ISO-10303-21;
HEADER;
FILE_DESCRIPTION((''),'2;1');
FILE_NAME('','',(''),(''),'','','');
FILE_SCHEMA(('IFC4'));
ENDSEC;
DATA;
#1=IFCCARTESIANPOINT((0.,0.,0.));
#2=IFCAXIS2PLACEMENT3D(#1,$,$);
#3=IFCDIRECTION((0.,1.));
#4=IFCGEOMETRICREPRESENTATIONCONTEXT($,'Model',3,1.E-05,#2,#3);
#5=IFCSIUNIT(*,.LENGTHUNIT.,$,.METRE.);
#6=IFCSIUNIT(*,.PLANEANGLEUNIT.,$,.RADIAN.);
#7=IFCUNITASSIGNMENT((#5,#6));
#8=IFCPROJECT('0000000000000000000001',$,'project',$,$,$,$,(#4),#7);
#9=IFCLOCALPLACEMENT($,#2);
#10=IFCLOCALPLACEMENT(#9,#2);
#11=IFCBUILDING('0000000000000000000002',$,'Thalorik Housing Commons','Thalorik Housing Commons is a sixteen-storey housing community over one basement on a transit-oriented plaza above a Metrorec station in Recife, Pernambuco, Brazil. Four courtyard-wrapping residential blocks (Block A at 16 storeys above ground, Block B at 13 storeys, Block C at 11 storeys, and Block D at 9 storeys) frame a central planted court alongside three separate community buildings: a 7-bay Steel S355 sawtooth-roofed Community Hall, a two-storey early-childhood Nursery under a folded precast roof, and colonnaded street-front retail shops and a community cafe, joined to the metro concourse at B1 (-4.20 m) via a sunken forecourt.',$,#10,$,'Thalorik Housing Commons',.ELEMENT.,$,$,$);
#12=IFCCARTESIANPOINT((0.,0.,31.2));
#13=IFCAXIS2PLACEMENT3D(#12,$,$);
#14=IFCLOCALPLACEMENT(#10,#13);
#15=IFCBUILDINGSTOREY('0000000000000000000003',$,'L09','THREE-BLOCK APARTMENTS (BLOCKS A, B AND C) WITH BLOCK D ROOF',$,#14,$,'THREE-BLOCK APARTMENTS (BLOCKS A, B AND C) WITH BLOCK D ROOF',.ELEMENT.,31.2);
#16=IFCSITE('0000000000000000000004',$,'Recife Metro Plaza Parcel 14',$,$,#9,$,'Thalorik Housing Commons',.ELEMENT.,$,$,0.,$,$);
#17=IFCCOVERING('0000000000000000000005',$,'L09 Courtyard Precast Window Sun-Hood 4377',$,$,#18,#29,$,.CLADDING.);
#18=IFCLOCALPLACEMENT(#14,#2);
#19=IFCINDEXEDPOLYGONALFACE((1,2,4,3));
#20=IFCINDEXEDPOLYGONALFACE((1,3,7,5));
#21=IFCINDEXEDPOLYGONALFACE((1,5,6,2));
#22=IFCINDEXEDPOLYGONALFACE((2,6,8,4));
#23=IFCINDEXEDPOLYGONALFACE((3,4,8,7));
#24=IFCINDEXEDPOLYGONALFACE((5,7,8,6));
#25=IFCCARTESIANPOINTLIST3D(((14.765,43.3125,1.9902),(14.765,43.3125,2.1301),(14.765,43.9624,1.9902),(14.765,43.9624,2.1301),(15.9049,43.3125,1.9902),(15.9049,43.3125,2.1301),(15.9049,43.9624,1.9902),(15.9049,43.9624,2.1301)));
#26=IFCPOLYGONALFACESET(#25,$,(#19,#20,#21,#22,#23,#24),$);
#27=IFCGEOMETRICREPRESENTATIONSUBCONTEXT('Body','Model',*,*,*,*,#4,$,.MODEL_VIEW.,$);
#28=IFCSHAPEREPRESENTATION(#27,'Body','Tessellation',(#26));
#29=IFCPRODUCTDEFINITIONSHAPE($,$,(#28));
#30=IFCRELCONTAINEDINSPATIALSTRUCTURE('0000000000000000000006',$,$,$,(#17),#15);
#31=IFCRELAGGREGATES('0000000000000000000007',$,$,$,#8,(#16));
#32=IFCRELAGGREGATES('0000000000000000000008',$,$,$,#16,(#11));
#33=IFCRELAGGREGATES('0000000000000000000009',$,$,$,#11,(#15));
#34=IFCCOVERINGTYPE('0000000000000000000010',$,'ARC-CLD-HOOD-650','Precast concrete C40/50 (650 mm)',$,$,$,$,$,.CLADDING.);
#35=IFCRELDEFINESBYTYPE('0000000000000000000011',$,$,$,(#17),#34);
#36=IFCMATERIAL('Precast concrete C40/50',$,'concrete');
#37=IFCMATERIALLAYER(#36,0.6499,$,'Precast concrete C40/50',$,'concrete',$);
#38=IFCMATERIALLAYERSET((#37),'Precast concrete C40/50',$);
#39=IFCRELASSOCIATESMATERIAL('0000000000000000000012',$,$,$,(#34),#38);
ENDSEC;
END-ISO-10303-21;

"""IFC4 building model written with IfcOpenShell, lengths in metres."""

from ifc_helpers import new_model, si_unit, direction, frame, origin, origin_2d, place, context, subcontext, project, spatial, rectangle, extrude, material, layer, layer_set, type_object, element, save


model = new_model("IFC4")

# Units and contexts
model_context = context("Model", 3, precision=1e-05, world=origin(), true_north=direction((0.0, 1.0)))
body_context = subcontext(model_context, "Body", "Model", "MODEL_VIEW")
ifc_project = project(units=[si_unit("LENGTHUNIT", "METRE"), si_unit("PLANEANGLEUNIT", "RADIAN")], contexts=[model_context])

# Site, building, storey
site_placement = place(None, origin())
site = spatial("IfcSite", under=ifc_project, at=site_placement, Name="Recife Metro Plaza Parcel 14", LongName="Thalorik Housing Commons", CompositionType="ELEMENT", RefElevation=0.0)
building_placement = place(site_placement, origin())
building = spatial("IfcBuilding", under=site, at=building_placement, Name="Thalorik Housing Commons", Description="Thalorik Housing Commons is a sixteen-storey housing community over one basement on a transit-oriented plaza above a Metrorec station in Recife, Pernambuco, Brazil. Four courtyard-wrapping residential blocks (Block A at 16 storeys above ground, Block B at 13 storeys, Block C at 11 storeys, and Block D at 9 storeys) frame a central planted court alongside three separate community buildings: a 7-bay Steel S355 sawtooth-roofed Community Hall, a two-storey early-childhood Nursery under a folded precast roof, and colonnaded street-front retail shops and a community cafe, joined to the metro concourse at B1 (-4.20 m) via a sunken forecourt.", LongName="Thalorik Housing Commons", CompositionType="ELEMENT")
storey_placement = place(building_placement, frame((0.0, 0.0, 31.2)))
storey = spatial("IfcBuildingStorey", under=building, at=storey_placement, Name="L09", Description="THREE-BLOCK APARTMENTS (BLOCKS A, B AND C) WITH BLOCK D ROOF", LongName="THREE-BLOCK APARTMENTS (BLOCKS A, B AND C) WITH BLOCK D ROOF", CompositionType="ELEMENT", Elevation=31.2)

# Shared definitions
ifc_material = material(Name="Precast concrete C40/50", Category="concrete")

# Covering
ifc_layer_1 = layer(ifc_material, 0.6499, Name="Precast concrete C40/50", Category="concrete")
ifc_layer_set_1 = layer_set([ifc_layer_1], Name="Precast concrete C40/50")
covering_type_1 = type_object("IfcCoveringType", Name="ARC-CLD-HOOD-650", Description="Precast concrete C40/50 (650 mm)", PredefinedType="CLADDING", material=ifc_layer_set_1)
covering_1_placement = place(storey_placement, frame((15.335, 43.6375, 1.9902), z_axis=(0.0, 0.0, 1.0), x_axis=(-1.0, 0.0, 0.0)))
element("IfcCovering", 1, at=covering_1_placement, inside=storey, type_object=covering_type_1, Name="L09 Courtyard Precast Window Sun-Hood 4377", PredefinedType="CLADDING", context=body_context, shape_type="SweptSolid", body=[
    extrude(rectangle(XDim=1.1399, YDim=0.6499, at=origin_2d()), origin(), (0.0, 0.0, 1.0), 0.1399),
])

save(model, "model.ifc")
